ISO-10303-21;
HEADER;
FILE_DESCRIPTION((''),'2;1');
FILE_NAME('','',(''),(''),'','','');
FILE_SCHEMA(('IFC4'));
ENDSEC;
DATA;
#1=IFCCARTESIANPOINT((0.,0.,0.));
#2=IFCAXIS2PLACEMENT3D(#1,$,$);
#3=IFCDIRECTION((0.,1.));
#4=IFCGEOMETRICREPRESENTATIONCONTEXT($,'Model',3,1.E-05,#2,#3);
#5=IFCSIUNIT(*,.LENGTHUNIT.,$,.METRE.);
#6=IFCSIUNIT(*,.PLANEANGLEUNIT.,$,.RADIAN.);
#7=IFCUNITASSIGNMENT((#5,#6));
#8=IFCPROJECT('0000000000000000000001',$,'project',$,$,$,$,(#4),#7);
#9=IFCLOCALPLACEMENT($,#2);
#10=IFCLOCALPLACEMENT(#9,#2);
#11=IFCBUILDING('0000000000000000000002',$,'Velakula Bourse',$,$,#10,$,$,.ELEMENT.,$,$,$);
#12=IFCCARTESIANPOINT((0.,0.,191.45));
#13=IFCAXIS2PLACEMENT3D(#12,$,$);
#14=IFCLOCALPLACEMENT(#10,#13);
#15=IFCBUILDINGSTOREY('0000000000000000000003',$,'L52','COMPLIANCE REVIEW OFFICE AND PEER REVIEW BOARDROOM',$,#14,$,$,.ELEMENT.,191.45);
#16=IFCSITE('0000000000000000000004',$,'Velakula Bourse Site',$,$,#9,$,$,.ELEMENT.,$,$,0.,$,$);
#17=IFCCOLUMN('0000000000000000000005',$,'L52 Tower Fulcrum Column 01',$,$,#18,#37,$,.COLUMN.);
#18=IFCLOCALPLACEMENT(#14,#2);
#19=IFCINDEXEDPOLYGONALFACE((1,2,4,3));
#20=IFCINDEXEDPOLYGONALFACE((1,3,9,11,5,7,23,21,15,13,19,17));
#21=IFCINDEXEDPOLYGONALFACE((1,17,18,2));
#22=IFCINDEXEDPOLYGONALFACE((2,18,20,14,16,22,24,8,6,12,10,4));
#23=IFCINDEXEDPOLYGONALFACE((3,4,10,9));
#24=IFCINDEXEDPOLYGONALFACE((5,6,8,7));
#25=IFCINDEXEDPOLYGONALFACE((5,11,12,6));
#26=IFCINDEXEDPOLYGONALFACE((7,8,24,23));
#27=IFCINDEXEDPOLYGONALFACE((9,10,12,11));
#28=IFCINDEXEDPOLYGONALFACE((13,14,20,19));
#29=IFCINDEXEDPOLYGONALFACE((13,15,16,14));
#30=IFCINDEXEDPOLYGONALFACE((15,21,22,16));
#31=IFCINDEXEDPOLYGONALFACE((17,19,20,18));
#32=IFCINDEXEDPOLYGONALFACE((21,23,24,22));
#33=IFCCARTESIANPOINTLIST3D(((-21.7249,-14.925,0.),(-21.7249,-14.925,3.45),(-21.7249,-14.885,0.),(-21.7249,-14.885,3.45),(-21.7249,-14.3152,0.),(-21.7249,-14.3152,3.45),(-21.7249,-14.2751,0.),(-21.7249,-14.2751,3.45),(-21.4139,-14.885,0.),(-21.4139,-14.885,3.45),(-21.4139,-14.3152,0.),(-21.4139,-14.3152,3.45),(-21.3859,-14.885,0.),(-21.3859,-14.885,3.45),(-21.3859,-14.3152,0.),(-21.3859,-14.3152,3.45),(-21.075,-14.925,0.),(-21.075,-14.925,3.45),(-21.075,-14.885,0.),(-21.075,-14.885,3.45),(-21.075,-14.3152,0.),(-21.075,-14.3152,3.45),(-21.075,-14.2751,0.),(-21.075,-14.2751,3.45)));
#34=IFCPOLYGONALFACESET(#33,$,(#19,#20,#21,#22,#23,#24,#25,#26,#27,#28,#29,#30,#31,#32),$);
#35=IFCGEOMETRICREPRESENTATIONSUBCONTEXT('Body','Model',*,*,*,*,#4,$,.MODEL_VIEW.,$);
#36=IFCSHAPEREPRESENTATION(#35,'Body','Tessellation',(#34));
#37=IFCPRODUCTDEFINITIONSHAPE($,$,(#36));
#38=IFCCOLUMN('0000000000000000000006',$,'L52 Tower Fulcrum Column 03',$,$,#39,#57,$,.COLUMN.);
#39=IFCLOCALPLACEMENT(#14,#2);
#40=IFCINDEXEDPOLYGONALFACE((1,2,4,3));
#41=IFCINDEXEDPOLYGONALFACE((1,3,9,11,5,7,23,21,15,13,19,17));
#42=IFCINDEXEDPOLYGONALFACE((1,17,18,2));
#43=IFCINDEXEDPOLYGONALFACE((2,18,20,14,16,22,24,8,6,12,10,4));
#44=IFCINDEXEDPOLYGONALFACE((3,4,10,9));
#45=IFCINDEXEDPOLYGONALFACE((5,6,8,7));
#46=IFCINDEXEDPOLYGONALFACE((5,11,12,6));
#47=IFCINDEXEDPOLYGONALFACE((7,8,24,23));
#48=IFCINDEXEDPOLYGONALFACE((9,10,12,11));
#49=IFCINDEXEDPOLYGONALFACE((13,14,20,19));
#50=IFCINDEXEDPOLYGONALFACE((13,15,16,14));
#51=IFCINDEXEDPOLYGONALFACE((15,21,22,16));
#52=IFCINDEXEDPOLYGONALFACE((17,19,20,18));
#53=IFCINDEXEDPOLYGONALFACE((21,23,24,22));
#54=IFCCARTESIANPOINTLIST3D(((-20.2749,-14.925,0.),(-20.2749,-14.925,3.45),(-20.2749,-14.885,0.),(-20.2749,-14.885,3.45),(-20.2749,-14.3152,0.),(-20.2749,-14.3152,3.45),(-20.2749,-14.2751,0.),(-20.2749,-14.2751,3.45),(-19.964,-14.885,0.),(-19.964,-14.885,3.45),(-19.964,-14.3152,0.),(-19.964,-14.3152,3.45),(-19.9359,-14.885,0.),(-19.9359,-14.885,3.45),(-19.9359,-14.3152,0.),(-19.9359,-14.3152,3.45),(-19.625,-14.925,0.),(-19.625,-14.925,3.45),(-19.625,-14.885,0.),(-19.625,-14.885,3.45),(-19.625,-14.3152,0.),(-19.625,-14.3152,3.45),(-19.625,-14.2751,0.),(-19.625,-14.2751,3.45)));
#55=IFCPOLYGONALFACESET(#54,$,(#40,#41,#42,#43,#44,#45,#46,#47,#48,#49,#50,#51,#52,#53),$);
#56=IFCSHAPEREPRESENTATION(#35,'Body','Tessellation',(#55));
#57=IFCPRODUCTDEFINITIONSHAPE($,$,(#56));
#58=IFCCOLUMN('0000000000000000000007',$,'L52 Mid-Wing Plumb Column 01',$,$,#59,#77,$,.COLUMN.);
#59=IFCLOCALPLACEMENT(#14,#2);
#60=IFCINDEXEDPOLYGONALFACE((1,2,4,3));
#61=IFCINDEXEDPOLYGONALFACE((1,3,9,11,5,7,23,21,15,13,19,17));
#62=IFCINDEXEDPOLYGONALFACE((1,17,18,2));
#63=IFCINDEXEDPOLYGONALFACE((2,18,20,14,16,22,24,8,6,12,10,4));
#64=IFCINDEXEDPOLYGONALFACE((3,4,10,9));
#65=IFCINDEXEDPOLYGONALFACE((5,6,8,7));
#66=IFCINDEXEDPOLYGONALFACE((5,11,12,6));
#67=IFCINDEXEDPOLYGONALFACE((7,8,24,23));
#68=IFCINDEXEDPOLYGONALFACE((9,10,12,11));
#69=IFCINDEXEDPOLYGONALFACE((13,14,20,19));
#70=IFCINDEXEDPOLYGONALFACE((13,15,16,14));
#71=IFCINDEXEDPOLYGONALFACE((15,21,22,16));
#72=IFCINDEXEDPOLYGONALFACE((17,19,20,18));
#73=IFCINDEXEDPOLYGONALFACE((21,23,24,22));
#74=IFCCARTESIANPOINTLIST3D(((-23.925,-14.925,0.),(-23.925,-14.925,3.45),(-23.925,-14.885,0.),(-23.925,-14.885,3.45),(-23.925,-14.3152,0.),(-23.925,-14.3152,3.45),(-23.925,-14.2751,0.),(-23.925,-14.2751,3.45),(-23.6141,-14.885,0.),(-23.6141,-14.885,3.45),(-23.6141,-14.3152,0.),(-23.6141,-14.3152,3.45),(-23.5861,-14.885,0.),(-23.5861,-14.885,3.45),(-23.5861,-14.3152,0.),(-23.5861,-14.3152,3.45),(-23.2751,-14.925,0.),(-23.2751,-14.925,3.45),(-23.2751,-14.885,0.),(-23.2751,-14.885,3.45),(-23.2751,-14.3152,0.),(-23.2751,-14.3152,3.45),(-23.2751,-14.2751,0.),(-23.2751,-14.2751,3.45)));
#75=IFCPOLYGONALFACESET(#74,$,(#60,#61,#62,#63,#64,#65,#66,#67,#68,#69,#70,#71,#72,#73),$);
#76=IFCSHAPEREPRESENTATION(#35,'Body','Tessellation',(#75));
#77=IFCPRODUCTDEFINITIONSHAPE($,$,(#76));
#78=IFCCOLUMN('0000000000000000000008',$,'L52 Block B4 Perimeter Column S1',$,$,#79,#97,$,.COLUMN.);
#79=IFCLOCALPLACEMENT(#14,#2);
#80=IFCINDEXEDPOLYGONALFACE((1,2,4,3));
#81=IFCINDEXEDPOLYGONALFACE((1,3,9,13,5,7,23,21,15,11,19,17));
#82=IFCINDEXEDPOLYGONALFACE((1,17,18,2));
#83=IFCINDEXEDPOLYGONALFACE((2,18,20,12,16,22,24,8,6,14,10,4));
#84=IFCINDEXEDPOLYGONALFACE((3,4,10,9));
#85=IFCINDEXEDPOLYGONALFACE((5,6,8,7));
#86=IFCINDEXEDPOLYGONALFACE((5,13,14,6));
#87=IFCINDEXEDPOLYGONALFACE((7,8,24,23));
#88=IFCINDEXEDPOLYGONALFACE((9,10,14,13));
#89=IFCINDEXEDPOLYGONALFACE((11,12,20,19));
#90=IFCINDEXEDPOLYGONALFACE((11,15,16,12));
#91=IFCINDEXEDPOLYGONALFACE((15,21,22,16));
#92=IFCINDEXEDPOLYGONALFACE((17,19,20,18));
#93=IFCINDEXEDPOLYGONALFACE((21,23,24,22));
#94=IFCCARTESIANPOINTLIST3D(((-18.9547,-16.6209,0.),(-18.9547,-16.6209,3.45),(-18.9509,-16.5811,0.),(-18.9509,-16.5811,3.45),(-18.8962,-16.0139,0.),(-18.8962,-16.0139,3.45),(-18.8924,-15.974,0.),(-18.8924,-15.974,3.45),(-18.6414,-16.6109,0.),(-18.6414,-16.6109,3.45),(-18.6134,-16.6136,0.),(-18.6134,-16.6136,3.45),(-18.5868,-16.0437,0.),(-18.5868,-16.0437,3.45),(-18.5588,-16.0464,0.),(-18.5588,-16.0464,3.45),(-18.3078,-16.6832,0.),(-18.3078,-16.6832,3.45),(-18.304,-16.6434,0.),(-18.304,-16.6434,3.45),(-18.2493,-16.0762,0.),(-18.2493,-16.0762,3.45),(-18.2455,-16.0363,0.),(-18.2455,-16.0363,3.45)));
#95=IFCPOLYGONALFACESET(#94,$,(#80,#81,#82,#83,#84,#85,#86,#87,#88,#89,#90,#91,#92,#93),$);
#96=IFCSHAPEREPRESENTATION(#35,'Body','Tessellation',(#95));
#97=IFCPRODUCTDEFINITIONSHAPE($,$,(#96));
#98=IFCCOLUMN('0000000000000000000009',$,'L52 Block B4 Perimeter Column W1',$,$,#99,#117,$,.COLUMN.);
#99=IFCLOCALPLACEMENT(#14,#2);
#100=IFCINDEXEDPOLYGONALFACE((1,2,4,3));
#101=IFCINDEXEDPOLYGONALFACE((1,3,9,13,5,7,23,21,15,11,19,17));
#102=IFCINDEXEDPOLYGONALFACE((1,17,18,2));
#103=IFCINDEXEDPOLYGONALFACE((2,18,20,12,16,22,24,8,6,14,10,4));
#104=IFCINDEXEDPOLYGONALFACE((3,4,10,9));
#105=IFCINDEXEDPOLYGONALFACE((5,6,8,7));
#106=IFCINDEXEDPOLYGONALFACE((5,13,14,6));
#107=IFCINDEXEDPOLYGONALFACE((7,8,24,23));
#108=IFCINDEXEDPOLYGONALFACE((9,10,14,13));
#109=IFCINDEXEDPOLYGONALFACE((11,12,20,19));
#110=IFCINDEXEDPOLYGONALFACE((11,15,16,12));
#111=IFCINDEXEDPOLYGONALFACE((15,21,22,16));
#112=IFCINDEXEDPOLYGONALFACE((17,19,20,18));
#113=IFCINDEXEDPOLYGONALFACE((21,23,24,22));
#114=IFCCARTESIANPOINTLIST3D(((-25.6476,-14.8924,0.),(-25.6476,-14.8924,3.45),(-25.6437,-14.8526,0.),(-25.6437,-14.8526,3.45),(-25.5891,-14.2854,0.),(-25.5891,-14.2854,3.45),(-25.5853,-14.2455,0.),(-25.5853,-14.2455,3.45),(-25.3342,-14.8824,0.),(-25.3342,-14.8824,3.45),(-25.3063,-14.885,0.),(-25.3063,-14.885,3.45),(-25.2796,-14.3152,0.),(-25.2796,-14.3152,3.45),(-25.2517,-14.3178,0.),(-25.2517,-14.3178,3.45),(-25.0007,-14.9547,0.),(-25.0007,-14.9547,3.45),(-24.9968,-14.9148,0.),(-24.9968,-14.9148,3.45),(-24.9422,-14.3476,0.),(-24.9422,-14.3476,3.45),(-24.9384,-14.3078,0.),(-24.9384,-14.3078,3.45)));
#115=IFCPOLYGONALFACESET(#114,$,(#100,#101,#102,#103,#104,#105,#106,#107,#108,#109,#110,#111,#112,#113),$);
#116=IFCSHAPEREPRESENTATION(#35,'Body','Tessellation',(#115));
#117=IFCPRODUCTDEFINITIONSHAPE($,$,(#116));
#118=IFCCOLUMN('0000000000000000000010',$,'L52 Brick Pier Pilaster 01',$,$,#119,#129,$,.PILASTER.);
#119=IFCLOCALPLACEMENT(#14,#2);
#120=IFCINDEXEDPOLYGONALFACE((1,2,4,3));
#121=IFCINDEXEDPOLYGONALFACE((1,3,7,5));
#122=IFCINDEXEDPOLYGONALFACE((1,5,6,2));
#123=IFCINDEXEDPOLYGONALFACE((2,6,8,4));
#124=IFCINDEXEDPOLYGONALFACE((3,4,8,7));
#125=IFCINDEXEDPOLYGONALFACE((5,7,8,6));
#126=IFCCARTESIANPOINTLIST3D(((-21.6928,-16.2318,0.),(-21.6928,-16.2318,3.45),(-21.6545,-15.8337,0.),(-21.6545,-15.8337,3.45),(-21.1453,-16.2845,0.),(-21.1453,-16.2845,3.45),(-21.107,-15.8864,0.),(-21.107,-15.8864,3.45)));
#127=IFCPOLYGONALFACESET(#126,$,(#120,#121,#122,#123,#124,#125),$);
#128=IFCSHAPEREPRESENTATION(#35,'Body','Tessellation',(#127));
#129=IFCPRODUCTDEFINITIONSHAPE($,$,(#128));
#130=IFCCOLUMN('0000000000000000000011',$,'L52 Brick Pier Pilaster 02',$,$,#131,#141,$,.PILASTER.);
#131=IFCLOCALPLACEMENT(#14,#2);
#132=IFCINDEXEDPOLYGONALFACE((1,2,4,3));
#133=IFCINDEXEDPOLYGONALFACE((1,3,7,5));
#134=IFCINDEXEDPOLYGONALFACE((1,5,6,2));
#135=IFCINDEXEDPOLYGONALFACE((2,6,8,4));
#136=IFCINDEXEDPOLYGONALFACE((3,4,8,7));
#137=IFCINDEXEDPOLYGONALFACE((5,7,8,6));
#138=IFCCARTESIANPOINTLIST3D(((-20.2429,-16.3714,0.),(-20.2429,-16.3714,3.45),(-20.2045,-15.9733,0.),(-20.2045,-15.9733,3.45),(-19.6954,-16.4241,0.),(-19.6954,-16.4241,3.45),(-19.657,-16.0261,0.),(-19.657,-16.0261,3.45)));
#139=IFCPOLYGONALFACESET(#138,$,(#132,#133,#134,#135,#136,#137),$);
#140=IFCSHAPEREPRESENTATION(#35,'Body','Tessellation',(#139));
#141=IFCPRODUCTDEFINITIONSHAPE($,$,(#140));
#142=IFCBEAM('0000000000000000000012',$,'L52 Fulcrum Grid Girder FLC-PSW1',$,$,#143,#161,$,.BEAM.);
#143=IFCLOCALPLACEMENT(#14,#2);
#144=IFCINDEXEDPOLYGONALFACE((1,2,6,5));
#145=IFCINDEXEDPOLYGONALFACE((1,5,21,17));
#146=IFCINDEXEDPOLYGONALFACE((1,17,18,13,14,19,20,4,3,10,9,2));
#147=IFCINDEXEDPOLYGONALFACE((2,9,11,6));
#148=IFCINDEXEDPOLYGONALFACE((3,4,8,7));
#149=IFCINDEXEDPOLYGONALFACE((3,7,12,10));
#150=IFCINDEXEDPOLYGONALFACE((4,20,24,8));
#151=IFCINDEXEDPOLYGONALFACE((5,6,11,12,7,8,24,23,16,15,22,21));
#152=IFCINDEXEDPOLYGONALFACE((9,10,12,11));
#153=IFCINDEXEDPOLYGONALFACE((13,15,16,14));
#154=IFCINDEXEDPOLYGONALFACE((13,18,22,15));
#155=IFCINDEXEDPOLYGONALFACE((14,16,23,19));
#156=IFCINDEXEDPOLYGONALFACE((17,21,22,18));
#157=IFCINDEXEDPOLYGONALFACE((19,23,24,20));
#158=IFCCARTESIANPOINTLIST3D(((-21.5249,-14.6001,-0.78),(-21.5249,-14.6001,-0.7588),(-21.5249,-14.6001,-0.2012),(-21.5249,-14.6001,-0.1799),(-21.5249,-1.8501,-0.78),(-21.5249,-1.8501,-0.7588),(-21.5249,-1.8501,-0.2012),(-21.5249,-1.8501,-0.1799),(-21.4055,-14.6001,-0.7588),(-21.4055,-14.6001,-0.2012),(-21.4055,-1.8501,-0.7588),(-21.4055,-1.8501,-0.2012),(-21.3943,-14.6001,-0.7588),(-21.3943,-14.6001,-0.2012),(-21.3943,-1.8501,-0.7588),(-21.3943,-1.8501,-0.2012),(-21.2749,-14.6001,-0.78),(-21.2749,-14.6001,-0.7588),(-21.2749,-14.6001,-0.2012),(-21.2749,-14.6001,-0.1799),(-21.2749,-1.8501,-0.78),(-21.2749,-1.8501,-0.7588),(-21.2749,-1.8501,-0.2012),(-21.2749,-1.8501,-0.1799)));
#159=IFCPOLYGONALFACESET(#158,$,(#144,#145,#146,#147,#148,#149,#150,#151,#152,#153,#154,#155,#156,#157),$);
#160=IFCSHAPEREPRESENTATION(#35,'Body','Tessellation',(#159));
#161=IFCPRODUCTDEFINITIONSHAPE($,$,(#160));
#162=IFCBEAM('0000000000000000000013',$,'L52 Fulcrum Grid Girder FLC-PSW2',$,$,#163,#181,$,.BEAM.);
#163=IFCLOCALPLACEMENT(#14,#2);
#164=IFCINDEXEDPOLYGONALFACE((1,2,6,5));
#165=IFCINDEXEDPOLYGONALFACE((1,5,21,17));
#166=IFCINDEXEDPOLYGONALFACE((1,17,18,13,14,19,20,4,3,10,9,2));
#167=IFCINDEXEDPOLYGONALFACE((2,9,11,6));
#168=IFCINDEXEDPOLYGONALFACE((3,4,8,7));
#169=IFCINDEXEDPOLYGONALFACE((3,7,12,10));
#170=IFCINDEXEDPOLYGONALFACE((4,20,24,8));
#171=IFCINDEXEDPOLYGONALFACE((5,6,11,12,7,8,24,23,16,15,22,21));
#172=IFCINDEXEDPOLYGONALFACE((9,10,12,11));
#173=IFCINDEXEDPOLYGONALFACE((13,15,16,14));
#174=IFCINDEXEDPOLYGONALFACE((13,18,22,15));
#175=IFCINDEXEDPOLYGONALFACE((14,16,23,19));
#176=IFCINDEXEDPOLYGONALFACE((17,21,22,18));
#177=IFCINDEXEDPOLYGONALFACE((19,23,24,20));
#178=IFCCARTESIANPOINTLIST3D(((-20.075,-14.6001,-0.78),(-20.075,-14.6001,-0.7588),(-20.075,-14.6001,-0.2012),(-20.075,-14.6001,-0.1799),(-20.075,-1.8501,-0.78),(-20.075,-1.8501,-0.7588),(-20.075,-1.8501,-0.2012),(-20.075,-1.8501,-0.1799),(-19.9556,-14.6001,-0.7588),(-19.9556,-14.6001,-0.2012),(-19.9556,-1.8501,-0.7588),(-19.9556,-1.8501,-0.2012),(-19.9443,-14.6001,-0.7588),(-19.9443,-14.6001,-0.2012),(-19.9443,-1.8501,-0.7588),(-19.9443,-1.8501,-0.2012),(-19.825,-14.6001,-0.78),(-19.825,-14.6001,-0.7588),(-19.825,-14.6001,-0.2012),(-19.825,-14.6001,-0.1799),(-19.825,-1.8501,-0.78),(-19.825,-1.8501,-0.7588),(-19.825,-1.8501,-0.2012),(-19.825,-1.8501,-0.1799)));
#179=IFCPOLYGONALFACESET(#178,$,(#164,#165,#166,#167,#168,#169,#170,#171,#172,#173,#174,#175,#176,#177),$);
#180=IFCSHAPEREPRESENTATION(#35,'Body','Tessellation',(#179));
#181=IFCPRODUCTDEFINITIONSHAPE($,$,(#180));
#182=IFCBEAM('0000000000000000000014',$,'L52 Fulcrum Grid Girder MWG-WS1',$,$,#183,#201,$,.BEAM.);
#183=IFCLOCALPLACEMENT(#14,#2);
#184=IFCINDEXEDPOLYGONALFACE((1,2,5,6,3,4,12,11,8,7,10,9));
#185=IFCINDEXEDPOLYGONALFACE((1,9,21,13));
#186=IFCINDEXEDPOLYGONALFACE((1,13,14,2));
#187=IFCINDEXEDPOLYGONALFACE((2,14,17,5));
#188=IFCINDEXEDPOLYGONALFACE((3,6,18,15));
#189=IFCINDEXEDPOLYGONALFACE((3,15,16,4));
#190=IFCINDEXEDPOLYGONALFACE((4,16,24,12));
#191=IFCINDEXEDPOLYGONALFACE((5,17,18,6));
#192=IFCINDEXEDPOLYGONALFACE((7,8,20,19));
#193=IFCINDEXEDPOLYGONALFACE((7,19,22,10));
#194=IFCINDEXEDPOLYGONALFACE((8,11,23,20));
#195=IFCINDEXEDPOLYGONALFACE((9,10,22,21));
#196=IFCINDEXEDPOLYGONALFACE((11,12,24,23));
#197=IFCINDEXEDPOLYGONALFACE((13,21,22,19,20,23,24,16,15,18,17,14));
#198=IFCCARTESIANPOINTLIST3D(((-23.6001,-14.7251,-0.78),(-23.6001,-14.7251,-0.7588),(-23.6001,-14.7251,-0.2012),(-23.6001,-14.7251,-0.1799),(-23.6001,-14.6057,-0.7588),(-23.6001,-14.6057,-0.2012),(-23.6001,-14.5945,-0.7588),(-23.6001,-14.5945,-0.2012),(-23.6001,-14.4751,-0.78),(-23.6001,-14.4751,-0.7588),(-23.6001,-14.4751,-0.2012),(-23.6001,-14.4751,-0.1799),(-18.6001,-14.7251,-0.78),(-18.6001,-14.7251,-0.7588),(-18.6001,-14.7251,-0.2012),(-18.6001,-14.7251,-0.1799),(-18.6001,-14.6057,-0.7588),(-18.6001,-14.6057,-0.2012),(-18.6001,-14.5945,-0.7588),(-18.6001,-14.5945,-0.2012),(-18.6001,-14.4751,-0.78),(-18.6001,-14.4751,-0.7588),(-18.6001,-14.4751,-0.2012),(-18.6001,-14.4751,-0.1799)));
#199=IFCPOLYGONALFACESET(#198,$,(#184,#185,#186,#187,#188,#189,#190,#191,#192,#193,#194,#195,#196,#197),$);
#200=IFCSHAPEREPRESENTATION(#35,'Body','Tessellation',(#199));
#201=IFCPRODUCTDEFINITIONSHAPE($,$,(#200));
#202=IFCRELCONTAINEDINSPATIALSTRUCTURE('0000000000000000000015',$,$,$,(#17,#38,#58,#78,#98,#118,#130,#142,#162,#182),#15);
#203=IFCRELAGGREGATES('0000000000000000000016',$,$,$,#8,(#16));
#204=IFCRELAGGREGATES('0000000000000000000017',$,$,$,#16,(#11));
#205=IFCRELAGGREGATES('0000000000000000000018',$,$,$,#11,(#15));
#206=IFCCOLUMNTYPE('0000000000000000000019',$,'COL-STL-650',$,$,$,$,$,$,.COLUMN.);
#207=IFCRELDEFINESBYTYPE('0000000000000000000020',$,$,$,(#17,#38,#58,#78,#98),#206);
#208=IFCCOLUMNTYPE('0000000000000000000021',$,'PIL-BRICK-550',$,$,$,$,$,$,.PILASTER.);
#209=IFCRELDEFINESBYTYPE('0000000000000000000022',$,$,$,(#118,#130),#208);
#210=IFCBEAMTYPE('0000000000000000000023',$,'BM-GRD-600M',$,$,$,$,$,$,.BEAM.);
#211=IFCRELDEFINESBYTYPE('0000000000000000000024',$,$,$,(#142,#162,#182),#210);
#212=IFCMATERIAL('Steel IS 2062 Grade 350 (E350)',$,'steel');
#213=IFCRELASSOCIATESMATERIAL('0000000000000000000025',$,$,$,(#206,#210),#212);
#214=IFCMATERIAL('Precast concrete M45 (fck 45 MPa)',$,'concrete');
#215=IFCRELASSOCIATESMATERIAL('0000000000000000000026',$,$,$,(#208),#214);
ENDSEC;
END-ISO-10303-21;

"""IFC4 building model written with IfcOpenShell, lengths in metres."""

from ifc_helpers import new_model, si_unit, direction, frame, origin, origin_2d, place, context, subcontext, project, spatial, rectangle, i_section, extrude, material, material_profile, profile_set, type_object, element, save


model = new_model("IFC4")

# Units and contexts
model_context = context("Model", 3, precision=1e-05, world=origin(), true_north=direction((0.0, 1.0)))
body_context = subcontext(model_context, "Body", "Model", "MODEL_VIEW")
ifc_project = project(units=[si_unit("LENGTHUNIT", "METRE"), si_unit("PLANEANGLEUNIT", "RADIAN")], contexts=[model_context])

# Site, building, storey
site_placement = place(None, origin())
site = spatial("IfcSite", under=ifc_project, at=site_placement, Name="Velakula Bourse Site", CompositionType="ELEMENT", RefElevation=0.0)
building_placement = place(site_placement, origin())
building = spatial("IfcBuilding", under=site, at=building_placement, Name="Velakula Bourse", CompositionType="ELEMENT")
storey_placement = place(building_placement, frame((0.0, 0.0, 191.45)))
storey = spatial("IfcBuildingStorey", under=building, at=storey_placement, Name="L52", Description="COMPLIANCE REVIEW OFFICE AND PEER REVIEW BOARDROOM", CompositionType="ELEMENT", Elevation=191.45)

# Columns
ifc_material_1 = material(Name="Steel IS 2062 Grade 350 (E350)", Category="steel")
ifc_material_profile_1 = material_profile(ifc_material_1, i_section(OverallWidth=0.6499, OverallDepth=0.6499, WebThickness=0.0281, FlangeThickness=0.04, at=origin_2d()), Name="Steel IS 2062 Grade 350 (E350)")
ifc_profile_set_1 = profile_set([ifc_material_profile_1], Name="Steel IS 2062 Grade 350 (E350)")
column_type_1 = type_object("IfcColumnType", Name="COL-STL-650", PredefinedType="COLUMN", material=ifc_profile_set_1)
for number, where, z_axis, x_axis, name in (
    (1, (-21.3999, -14.6001, 0.0), (0.0, 0.0, 1.0), (1.0, 0.0, 0.0), "L52 Tower Fulcrum Column 01"),
    (2, (-19.95, -14.6001, 0.0), (0.0, 0.0, 1.0), (1.0, 0.0, 0.0), "L52 Tower Fulcrum Column 03"),
    (3, (-23.6001, -14.6001, 0.0), (0.0, 0.0, 1.0), (1.0, 0.0, 0.0), "L52 Mid-Wing Plumb Column 01"),
    (4, (-18.6001, -16.3286, 0.0), (0.0, 0.0, 1.0), (0.995396, -0.095846, 0.0), "L52 Block B4 Perimeter Column S1"),
    (5, (-25.293, -14.6001, 0.0), (0.0, 0.0, 1.0), (0.995396, -0.095846, 0.0), "L52 Block B4 Perimeter Column W1"),
):
    element("IfcColumn", number, at=place(storey_placement, frame(where, z_axis=z_axis, x_axis=x_axis)), inside=storey, type_object=column_type_1, Name=name, PredefinedType="COLUMN", context=body_context, shape_type="SweptSolid", body=[
        extrude(i_section(OverallWidth=0.6499, OverallDepth=0.6499, WebThickness=0.0281, FlangeThickness=0.04, at=origin_2d()), origin(), (0.0, 0.0, 1.0), 3.45),
    ])
ifc_material_2 = material(Name="Precast concrete M45 (fck 45 MPa)", Category="concrete")
ifc_material_profile_2 = material_profile(ifc_material_2, rectangle(XDim=0.55, YDim=0.3999, at=origin_2d()), Name="Precast concrete M45 (fck 45 MPa)")
ifc_profile_set_2 = profile_set([ifc_material_profile_2], Name="Precast concrete M45 (fck 45 MPa)")
column_type_2 = type_object("IfcColumnType", Name="PIL-BRICK-550", PredefinedType="PILASTER", material=ifc_profile_set_2)
for number, where, z_axis, x_axis, name in (
    (6, (-21.3999, -16.0591, 0.0), (0.0, 0.0, 1.0), (0.995396, -0.095846, 0.0), "L52 Brick Pier Pilaster 01"),
    (7, (-19.95, -16.1987, 0.0), (0.0, 0.0, 1.0), (0.995396, -0.095846, 0.0), "L52 Brick Pier Pilaster 02"),
):
    element("IfcColumn", number, at=place(storey_placement, frame(where, z_axis=z_axis, x_axis=x_axis)), inside=storey, type_object=column_type_2, Name=name, PredefinedType="PILASTER", context=body_context, shape_type="SweptSolid", body=[
        extrude(rectangle(XDim=0.55, YDim=0.3999, at=origin_2d()), origin(), (0.0, 0.0, 1.0), 3.45),
    ])

# Beams
ifc_material_profile_3 = material_profile(ifc_material_1, i_section(OverallWidth=0.25, OverallDepth=0.6001, WebThickness=0.0112, FlangeThickness=0.0212, at=origin_2d()), Name="Steel IS 2062 Grade 350 (E350)")
ifc_profile_set_3 = profile_set([ifc_material_profile_3], Name="Steel IS 2062 Grade 350 (E350)")
beam_type_1 = type_object("IfcBeamType", Name="BM-GRD-600M", PredefinedType="BEAM", material=ifc_profile_set_3)
for number, where, z_axis, x_axis, name in (
    (8, (-21.3999, -14.6001, -0.48), (0.0, 1.0, 0.0), (-1.0, 0.0, 0.0), "L52 Fulcrum Grid Girder FLC-PSW1"),
    (9, (-19.95, -14.6001, -0.48), (0.0, 1.0, 0.0), (-1.0, 0.0, 0.0), "L52 Fulcrum Grid Girder FLC-PSW2"),
):
    element("IfcBeam", number, at=place(storey_placement, frame(where, z_axis=z_axis, x_axis=x_axis)), inside=storey, type_object=beam_type_1, Name=name, PredefinedType="BEAM", context=body_context, shape_type="SweptSolid", body=[
        extrude(i_section(OverallWidth=0.25, OverallDepth=0.6001, WebThickness=0.0112, FlangeThickness=0.0212, at=origin_2d()), origin(), (0.0, 0.0, 1.0), 12.75),
    ])
beam_1_placement = place(storey_placement, frame((-23.6001, -14.6001, -0.48), z_axis=(1.0, 0.0, 0.0), x_axis=(0.0, 1.0, 0.0)))
element("IfcBeam", 10, at=beam_1_placement, inside=storey, type_object=beam_type_1, Name="L52 Fulcrum Grid Girder MWG-WS1", PredefinedType="BEAM", context=body_context, shape_type="SweptSolid", body=[
    extrude(i_section(OverallWidth=0.25, OverallDepth=0.6001, WebThickness=0.0112, FlangeThickness=0.0212, at=origin_2d()), origin(), (0.0, 0.0, 1.0), 5.0),
])

save(model, "model.ifc")
